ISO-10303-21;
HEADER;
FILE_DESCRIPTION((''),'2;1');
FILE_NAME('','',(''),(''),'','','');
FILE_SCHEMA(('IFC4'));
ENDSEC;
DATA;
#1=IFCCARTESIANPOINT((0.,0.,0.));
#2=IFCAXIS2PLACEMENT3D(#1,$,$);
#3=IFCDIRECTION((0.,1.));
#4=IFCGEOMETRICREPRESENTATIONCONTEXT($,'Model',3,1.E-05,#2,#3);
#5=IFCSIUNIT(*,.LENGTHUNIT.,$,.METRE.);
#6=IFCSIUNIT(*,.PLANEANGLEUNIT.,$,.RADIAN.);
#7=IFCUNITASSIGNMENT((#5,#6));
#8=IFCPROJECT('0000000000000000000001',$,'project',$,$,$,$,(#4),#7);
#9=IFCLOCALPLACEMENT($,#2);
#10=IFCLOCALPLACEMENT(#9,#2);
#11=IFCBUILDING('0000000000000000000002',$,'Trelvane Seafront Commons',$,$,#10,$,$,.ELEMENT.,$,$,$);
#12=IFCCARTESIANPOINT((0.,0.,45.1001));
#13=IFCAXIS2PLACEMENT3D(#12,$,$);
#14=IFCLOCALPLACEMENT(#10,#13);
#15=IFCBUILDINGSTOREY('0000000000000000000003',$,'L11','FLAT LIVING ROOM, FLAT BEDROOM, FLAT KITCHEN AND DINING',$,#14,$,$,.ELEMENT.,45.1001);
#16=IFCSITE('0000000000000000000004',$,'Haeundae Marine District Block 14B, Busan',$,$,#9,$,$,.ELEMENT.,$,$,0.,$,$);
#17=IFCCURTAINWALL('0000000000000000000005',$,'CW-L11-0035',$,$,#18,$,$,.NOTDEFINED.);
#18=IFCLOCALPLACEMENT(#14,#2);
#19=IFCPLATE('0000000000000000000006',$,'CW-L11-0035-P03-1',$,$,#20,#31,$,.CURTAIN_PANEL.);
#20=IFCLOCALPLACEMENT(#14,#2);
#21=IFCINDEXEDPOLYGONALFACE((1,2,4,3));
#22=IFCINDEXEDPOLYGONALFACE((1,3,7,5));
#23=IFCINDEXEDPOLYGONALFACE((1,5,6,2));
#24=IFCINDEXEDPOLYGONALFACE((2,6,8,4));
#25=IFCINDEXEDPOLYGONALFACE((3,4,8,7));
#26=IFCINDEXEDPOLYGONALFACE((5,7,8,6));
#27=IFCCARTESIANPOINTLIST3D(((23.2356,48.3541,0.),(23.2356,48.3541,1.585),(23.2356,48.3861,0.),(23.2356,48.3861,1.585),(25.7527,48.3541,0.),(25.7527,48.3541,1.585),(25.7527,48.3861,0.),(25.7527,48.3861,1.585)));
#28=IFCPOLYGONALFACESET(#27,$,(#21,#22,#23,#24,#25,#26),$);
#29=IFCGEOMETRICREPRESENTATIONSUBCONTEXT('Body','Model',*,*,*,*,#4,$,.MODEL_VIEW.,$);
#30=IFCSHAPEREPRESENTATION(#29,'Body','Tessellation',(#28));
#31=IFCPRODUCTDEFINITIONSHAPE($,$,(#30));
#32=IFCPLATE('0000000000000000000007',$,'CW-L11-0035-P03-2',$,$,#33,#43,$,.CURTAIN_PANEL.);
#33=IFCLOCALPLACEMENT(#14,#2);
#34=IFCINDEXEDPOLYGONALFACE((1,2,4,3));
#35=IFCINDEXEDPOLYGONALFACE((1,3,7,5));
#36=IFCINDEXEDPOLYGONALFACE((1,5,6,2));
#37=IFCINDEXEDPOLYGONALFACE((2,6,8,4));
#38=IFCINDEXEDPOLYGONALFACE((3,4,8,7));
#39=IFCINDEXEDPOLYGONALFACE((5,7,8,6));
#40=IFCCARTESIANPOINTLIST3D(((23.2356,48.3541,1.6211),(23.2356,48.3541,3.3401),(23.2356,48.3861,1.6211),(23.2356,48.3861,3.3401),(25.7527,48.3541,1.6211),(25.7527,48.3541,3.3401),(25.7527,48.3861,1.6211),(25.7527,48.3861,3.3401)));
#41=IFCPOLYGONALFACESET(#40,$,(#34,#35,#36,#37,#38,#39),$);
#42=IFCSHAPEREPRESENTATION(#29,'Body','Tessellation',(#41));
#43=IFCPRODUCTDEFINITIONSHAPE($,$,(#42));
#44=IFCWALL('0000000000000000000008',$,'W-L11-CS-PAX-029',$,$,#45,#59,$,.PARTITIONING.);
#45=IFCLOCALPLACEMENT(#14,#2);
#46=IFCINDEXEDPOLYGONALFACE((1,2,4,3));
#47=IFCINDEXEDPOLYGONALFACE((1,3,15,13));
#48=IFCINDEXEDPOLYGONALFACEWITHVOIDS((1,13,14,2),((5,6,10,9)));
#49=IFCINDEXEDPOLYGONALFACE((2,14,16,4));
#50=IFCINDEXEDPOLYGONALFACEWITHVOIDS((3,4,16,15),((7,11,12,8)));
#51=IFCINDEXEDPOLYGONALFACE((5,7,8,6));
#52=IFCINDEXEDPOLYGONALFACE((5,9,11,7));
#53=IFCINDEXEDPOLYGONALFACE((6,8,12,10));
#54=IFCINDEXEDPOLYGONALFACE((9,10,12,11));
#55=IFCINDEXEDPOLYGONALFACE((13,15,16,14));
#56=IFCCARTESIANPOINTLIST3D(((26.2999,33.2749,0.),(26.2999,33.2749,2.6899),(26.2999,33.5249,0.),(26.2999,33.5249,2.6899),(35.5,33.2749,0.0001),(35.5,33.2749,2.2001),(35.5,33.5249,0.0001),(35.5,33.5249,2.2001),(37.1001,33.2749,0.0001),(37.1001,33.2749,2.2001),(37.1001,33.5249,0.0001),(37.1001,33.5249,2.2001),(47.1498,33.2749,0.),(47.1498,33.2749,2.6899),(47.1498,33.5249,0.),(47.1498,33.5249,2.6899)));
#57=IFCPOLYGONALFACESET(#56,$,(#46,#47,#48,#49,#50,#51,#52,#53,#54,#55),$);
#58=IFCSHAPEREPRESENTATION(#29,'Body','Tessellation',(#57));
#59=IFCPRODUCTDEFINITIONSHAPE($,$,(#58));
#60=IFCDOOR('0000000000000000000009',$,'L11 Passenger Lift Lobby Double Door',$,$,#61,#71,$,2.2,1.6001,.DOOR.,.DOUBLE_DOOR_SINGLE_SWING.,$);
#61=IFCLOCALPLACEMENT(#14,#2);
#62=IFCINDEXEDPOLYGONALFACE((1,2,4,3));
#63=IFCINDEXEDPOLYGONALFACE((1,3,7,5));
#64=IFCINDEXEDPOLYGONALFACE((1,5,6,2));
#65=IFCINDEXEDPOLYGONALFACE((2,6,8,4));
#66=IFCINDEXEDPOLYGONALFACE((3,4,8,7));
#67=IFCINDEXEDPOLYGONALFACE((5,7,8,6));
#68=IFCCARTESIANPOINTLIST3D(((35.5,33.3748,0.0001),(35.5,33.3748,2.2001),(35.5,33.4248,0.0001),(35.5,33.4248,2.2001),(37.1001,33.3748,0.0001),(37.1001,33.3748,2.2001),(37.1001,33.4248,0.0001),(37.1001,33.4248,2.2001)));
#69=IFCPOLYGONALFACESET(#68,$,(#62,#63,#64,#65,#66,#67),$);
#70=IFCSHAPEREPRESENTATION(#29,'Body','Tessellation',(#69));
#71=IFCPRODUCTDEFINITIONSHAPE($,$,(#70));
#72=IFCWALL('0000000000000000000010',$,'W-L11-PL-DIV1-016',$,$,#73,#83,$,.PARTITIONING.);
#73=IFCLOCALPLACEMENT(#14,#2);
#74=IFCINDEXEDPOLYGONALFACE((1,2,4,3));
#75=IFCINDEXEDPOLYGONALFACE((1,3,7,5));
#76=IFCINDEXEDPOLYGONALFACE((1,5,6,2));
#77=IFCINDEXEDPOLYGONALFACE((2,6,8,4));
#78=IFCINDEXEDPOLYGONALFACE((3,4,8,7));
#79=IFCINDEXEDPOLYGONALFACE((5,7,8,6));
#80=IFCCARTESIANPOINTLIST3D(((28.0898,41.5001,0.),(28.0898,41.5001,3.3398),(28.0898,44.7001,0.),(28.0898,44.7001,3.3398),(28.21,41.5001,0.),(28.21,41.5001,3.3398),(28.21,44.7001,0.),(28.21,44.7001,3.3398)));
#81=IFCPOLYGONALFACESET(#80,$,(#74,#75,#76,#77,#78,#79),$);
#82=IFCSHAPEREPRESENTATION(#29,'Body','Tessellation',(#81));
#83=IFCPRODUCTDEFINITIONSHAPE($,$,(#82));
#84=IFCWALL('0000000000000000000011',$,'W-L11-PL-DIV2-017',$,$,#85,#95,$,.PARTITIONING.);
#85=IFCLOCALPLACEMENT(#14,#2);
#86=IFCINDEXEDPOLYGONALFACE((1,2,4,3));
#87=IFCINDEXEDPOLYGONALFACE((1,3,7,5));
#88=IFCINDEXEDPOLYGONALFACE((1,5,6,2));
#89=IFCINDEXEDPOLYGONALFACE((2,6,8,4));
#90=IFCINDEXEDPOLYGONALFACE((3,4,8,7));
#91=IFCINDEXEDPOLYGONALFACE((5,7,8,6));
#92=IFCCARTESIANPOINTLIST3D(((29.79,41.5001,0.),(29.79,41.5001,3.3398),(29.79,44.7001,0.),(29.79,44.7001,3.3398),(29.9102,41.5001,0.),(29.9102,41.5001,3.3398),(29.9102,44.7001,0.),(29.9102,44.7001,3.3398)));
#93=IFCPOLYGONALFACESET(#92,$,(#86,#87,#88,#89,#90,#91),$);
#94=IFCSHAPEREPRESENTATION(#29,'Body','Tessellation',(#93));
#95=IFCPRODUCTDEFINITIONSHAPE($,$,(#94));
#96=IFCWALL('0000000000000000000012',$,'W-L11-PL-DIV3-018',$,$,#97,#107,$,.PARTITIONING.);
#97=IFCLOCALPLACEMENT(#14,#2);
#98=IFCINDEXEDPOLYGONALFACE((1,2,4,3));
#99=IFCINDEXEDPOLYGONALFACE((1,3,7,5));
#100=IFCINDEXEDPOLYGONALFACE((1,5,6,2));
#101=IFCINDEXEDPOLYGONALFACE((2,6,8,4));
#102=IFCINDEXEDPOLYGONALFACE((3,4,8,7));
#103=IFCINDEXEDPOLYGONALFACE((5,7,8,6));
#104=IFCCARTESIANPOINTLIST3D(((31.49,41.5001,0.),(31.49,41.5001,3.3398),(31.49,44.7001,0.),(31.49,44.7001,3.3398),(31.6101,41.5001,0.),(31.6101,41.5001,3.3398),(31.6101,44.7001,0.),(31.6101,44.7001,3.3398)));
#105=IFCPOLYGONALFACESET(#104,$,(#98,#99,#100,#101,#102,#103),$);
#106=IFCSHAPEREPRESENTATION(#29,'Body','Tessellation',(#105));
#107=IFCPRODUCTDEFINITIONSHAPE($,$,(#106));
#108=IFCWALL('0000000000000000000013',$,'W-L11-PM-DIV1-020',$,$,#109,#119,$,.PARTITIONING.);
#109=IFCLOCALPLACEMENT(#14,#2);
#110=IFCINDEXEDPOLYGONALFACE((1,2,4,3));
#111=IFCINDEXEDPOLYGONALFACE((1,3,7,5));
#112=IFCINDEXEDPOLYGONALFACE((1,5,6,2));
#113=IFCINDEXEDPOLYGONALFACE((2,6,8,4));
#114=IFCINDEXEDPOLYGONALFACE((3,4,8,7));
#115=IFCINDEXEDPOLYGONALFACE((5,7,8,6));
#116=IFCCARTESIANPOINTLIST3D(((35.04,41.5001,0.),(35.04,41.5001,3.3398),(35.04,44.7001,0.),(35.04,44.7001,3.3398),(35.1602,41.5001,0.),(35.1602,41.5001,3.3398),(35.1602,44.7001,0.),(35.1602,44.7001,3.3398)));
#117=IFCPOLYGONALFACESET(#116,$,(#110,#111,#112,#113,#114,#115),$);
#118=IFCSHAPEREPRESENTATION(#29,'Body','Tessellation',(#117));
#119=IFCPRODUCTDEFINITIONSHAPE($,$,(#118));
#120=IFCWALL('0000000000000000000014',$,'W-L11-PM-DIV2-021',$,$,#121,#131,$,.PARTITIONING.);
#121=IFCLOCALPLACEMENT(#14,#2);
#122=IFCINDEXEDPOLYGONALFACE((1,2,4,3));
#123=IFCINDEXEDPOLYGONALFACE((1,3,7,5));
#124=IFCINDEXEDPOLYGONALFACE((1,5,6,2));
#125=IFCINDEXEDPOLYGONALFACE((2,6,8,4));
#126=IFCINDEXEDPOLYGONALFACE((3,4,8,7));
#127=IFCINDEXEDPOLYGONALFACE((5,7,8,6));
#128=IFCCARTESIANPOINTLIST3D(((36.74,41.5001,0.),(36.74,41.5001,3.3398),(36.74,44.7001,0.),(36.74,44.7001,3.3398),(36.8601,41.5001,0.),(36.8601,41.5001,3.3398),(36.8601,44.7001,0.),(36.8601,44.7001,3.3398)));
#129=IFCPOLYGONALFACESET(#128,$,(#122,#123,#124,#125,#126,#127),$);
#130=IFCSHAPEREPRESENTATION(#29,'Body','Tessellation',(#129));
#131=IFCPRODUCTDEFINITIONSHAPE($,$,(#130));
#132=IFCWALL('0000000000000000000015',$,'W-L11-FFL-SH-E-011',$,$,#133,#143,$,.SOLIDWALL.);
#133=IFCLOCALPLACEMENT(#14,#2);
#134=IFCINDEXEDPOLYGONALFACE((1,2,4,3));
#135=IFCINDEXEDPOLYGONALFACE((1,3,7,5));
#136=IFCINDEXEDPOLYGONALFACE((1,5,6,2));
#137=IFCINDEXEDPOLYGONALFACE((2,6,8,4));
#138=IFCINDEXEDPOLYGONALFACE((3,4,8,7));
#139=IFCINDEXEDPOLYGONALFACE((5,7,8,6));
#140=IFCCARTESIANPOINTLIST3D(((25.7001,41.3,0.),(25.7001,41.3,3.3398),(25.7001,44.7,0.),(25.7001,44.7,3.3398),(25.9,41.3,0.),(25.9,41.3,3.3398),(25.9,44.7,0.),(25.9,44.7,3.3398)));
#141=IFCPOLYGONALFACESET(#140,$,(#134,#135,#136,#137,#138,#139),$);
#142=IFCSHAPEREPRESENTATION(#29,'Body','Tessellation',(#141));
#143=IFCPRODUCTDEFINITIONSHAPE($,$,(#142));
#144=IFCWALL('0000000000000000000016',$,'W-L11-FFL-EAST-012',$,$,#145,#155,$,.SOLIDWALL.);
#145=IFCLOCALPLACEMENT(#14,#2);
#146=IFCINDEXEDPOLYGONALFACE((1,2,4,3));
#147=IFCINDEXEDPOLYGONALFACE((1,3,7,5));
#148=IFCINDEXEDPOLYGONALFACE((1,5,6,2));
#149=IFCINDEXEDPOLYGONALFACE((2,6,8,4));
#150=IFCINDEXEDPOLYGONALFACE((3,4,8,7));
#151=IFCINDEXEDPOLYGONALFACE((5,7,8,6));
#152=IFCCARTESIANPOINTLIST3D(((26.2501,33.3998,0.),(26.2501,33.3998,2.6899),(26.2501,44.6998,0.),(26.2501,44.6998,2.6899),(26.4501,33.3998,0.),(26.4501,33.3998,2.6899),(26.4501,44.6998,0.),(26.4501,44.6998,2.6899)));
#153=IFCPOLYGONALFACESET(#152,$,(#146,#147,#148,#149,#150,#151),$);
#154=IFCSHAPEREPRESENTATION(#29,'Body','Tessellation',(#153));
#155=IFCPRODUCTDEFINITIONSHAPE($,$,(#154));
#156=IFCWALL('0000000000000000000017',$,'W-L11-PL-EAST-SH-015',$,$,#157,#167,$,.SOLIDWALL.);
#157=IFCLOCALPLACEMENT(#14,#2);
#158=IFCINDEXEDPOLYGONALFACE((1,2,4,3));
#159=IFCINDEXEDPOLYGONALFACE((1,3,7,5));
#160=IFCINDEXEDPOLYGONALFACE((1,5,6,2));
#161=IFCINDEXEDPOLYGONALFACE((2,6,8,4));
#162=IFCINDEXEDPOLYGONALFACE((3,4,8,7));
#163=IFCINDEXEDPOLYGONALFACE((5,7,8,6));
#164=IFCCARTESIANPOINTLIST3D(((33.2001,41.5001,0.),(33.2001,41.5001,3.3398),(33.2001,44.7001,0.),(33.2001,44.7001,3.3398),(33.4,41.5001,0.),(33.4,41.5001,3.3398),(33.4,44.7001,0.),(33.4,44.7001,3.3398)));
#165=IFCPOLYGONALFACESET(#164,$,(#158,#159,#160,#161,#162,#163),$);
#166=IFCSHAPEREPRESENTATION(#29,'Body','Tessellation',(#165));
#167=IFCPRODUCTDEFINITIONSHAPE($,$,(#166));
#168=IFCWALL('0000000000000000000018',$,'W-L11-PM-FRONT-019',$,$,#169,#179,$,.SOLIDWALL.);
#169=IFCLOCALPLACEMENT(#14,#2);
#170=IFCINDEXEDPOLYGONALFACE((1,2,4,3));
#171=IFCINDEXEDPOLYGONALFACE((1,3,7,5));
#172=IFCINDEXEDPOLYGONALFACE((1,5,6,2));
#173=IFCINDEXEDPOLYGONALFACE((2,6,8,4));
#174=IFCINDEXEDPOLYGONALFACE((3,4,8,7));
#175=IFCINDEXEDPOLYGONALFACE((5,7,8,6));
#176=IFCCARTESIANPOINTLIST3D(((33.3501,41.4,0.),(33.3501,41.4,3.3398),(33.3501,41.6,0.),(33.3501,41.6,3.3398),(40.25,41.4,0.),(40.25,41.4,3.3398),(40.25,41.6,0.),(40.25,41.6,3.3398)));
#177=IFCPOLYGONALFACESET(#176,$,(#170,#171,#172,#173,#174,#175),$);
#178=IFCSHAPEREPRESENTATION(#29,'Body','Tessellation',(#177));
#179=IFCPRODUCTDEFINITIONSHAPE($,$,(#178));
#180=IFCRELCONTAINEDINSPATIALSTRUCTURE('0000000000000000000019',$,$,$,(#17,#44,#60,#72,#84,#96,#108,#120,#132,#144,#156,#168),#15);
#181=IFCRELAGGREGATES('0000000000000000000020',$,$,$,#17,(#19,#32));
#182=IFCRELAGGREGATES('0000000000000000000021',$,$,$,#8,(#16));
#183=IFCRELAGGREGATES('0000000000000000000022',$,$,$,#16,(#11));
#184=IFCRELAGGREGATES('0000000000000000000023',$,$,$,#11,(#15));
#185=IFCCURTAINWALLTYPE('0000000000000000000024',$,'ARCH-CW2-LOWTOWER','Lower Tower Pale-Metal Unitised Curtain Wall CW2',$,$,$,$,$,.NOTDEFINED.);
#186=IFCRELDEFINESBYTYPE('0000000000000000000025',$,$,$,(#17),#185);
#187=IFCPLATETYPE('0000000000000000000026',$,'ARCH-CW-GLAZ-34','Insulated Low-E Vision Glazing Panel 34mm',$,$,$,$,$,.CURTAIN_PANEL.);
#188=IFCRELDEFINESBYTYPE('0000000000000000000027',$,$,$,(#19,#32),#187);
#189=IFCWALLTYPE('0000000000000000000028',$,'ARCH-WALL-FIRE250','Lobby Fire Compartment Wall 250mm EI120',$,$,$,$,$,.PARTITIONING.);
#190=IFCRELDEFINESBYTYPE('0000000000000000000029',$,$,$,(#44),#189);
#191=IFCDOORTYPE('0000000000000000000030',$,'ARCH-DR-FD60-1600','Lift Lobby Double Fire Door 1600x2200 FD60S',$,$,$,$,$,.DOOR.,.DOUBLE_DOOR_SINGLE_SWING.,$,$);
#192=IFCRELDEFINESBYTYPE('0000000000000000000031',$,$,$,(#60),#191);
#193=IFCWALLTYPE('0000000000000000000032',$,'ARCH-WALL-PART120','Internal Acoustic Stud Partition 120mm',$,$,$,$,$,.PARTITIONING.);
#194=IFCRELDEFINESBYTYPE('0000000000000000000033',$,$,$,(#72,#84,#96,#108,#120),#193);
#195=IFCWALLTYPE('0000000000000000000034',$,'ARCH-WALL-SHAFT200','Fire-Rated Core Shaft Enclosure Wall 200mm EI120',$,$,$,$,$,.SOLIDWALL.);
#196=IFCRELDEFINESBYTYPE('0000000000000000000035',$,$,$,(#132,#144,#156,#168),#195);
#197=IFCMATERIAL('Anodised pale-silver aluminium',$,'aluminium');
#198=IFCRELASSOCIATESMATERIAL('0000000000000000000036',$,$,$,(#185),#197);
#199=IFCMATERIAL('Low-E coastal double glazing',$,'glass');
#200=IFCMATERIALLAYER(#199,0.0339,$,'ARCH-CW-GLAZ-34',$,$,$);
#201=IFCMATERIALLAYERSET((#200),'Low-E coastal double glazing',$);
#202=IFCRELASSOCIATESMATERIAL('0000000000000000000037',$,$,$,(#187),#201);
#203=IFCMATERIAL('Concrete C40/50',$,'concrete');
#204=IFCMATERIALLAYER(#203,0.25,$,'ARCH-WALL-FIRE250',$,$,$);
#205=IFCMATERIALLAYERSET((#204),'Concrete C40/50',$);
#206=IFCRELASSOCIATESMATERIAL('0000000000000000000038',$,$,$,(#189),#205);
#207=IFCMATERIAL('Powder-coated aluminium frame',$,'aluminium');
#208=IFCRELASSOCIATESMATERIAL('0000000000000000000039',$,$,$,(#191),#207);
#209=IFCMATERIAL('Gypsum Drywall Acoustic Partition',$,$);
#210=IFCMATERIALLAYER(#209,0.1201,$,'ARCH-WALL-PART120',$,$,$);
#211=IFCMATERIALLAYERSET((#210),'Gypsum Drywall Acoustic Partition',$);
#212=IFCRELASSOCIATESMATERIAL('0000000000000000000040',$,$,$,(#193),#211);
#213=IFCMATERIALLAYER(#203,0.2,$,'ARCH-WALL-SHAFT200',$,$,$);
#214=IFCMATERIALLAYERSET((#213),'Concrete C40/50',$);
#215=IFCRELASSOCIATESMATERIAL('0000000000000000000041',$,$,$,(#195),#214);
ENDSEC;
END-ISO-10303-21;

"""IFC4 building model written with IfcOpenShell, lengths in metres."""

from ifc_helpers import new_model, si_unit, direction, frame, frame_2d, origin, origin_2d, place, context, subcontext, project, spatial, rectangle, extrude, source, transform, mapped, material, layer, layer_set, type_object, element, fill, aggregate, save


model = new_model("IFC4")

# Units and contexts
model_context = context("Model", 3, precision=1e-05, world=origin(), true_north=direction((0.0, 1.0)))
body_context = subcontext(model_context, "Body", "Model", "MODEL_VIEW")
ifc_project = project(units=[si_unit("LENGTHUNIT", "METRE"), si_unit("PLANEANGLEUNIT", "RADIAN")], contexts=[model_context])

# Site, building, storey
site_placement = place(None, origin())
site = spatial("IfcSite", under=ifc_project, at=site_placement, Name="Haeundae Marine District Block 14B, Busan", CompositionType="ELEMENT", RefElevation=0.0)
building_placement = place(site_placement, origin())
building = spatial("IfcBuilding", under=site, at=building_placement, Name="Trelvane Seafront Commons", CompositionType="ELEMENT")
storey_placement = place(building_placement, frame((0.0, 0.0, 45.1001)))
storey = spatial("IfcBuildingStorey", under=building, at=storey_placement, Name="L11", Description="FLAT LIVING ROOM, FLAT BEDROOM, FLAT KITCHEN AND DINING", CompositionType="ELEMENT", Elevation=45.1001)

# Curtain wall, plates
ifc_material_1 = material(Name="Anodised pale-silver aluminium", Category="aluminium")
curtain_wall_type = type_object("IfcCurtainWallType", Name="ARCH-CW2-LOWTOWER", Description="Lower Tower Pale-Metal Unitised Curtain Wall CW2", PredefinedType="NOTDEFINED", material=ifc_material_1)
curtain_wall_placement = place(storey_placement, origin())
curtain_wall = element("IfcCurtainWall", 1, at=curtain_wall_placement, inside=storey, type_object=curtain_wall_type, Name="CW-L11-0035", PredefinedType="NOTDEFINED")
ifc_material_2 = material(Name="Low-E coastal double glazing", Category="glass")
ifc_layer_1 = layer(ifc_material_2, 0.0339, Name="ARCH-CW-GLAZ-34")
ifc_layer_set_1 = layer_set([ifc_layer_1], Name="Low-E coastal double glazing")
plate_type = type_object("IfcPlateType", Name="ARCH-CW-GLAZ-34", Description="Insulated Low-E Vision Glazing Panel 34mm", PredefinedType="CURTAIN_PANEL", material=ifc_layer_set_1)
shared_shape_1 = source(origin(), body_context, "Body", "SweptSolid", [
    extrude(rectangle(XDim=2.5171, YDim=0.032, at=origin_2d()), origin(), (0.0, 0.0, 1.0), 1.585),
])
plate_1_placement = place(storey_placement, frame((24.4941, 48.3701, 0.0), z_axis=(0.0, 0.0, 1.0), x_axis=(1.0, 0.0, 0.0)))
plate_1 = element("IfcPlate", 2, at=plate_1_placement, type_object=plate_type, Name="CW-L11-0035-P03-1", PredefinedType="CURTAIN_PANEL", context=body_context, shape_type="MappedRepresentation", body=[
    mapped(shared_shape_1, transform((0.0, 0.0, 0.0), x_axis=(1.0, 0.0, 0.0), y_axis=(0.0, 1.0, 0.0), z_axis=(0.0, 0.0, 1.0), scale=1.0)),
])
shared_shape_2 = source(origin(), body_context, "Body", "SweptSolid", [
    extrude(rectangle(XDim=2.5171, YDim=0.032, at=origin_2d()), origin(), (0.0, 0.0, 1.0), 1.719),
])
plate_2_placement = place(storey_placement, frame((24.4941, 48.3701, 1.6211), z_axis=(0.0, 0.0, 1.0), x_axis=(1.0, 0.0, 0.0)))
plate_2 = element("IfcPlate", 3, at=plate_2_placement, type_object=plate_type, Name="CW-L11-0035-P03-2", PredefinedType="CURTAIN_PANEL", context=body_context, shape_type="MappedRepresentation", body=[
    mapped(shared_shape_2, transform((0.0, 0.0, 0.0), x_axis=(1.0, 0.0, 0.0), y_axis=(0.0, 1.0, 0.0), z_axis=(0.0, 0.0, 1.0), scale=1.0)),
])
aggregate(curtain_wall, [plate_1, plate_2])

# Wall, opening, door
ifc_material_3 = material(Name="Concrete C40/50", Category="concrete")
ifc_layer_2 = layer(ifc_material_3, 0.25, Name="ARCH-WALL-FIRE250")
ifc_layer_set_2 = layer_set([ifc_layer_2], Name="Concrete C40/50")
wall_type_1 = type_object("IfcWallType", Name="ARCH-WALL-FIRE250", Description="Lobby Fire Compartment Wall 250mm EI120", PredefinedType="PARTITIONING", material=ifc_layer_set_2)
wall_1_placement = place(storey_placement, frame((26.3, 33.3999, 0.0), z_axis=(0.0, 0.0, 1.0), x_axis=(1.0, 0.0, 0.0)))
wall_1 = element("IfcWall", 4, at=wall_1_placement, inside=storey, type_object=wall_type_1, Name="W-L11-CS-PAX-029", PredefinedType="PARTITIONING", context=body_context, shape_type="SweptSolid", body=[
    extrude(rectangle(XDim=20.8499, YDim=0.25, at=frame_2d((10.4248, 0.0))), origin(), (0.0, 0.0, 1.0), 2.6899),
])
opening_1_placement = place(wall_1_placement, frame((9.2, 0.0, 0.0)))
opening_1 = element("IfcOpeningElement", 5, at=opening_1_placement, cuts=wall_1, PredefinedType="OPENING", context=body_context, shape_type="SweptSolid", body=[
    extrude(rectangle(XDim=1.6001, YDim=2.2, at=frame_2d((0.8, 1.1001))), frame((0.0, 0.135, 0.0), z_axis=(0.0, -1.0, 0.0), x_axis=(1.0, 0.0, 0.0)), (0.0, 0.0, 1.0), 0.27),
])
ifc_material_4 = material(Name="Powder-coated aluminium frame", Category="aluminium")
door_type_1 = type_object("IfcDoorType", Name="ARCH-DR-FD60-1600", Description="Lift Lobby Double Fire Door 1600x2200 FD60S", OperationType="DOUBLE_DOOR_SINGLE_SWING", PredefinedType="DOOR", material=ifc_material_4)
shared_shape_3 = source(origin(), body_context, "Body", "SweptSolid", [
    extrude(rectangle(XDim=1.6001, YDim=2.2, at=frame_2d((0.8, 1.1001))), frame((0.0, 0.0249, 0.0), z_axis=(0.0, -1.0, 0.0), x_axis=(1.0, 0.0, 0.0)), (0.0, 0.0, 1.0), 0.05),
])
door_1_placement = place(opening_1_placement, origin())
door_1 = element("IfcDoor", 6, at=door_1_placement, inside=storey, type_object=door_type_1, Name="L11 Passenger Lift Lobby Double Door", OperationType="DOUBLE_DOOR_SINGLE_SWING", OverallHeight=2.2, OverallWidth=1.6001, PredefinedType="DOOR", context=body_context, shape_type="MappedRepresentation", body=[
    mapped(shared_shape_3, transform((0.0, 0.0, 0.0), x_axis=(1.0, 0.0, 0.0), y_axis=(0.0, 1.0, 0.0), z_axis=(0.0, 0.0, 1.0), scale=1.0)),
])
fill(opening_1, door_1)

# Walls
ifc_material_5 = material(Name="Gypsum Drywall Acoustic Partition")
ifc_layer_3 = layer(ifc_material_5, 0.1201, Name="ARCH-WALL-PART120")
ifc_layer_set_3 = layer_set([ifc_layer_3], Name="Gypsum Drywall Acoustic Partition")
wall_type_2 = type_object("IfcWallType", Name="ARCH-WALL-PART120", Description="Internal Acoustic Stud Partition 120mm", PredefinedType="PARTITIONING", material=ifc_layer_set_3)
for number, where, z_axis, x_axis, name in (
    (7, (28.1499, 41.5, 0.0), (0.0, 0.0, 1.0), (0.0, 1.0, 0.0), "W-L11-PL-DIV1-016"),
    (8, (29.8501, 41.5, 0.0), (0.0, 0.0, 1.0), (0.0, 1.0, 0.0), "W-L11-PL-DIV2-017"),
    (9, (31.55, 41.5, 0.0), (0.0, 0.0, 1.0), (0.0, 1.0, 0.0), "W-L11-PL-DIV3-018"),
    (10, (35.1001, 41.5, 0.0), (0.0, 0.0, 1.0), (0.0, 1.0, 0.0), "W-L11-PM-DIV1-020"),
    (11, (36.8, 41.5, 0.0), (0.0, 0.0, 1.0), (0.0, 1.0, 0.0), "W-L11-PM-DIV2-021"),
):
    element("IfcWall", number, at=place(storey_placement, frame(where, z_axis=z_axis, x_axis=x_axis)), inside=storey, type_object=wall_type_2, Name=name, PredefinedType="PARTITIONING", context=body_context, shape_type="SweptSolid", body=[
        extrude(rectangle(XDim=3.2, YDim=0.1201, at=frame_2d((1.6001, 0.0))), origin(), (0.0, 0.0, 1.0), 3.3398),
    ])
ifc_layer_4 = layer(ifc_material_3, 0.2, Name="ARCH-WALL-SHAFT200")
ifc_layer_set_4 = layer_set([ifc_layer_4], Name="Concrete C40/50")
wall_type_3 = type_object("IfcWallType", Name="ARCH-WALL-SHAFT200", Description="Fire-Rated Core Shaft Enclosure Wall 200mm EI120", PredefinedType="SOLIDWALL", material=ifc_layer_set_4)
wall_2_placement = place(storey_placement, frame((25.8, 41.3, 0.0), z_axis=(0.0, 0.0, 1.0), x_axis=(0.0, 1.0, 0.0)))
element("IfcWall", 12, at=wall_2_placement, inside=storey, type_object=wall_type_3, Name="W-L11-FFL-SH-E-011", PredefinedType="SOLIDWALL", context=body_context, shape_type="SweptSolid", body=[
    extrude(rectangle(XDim=3.3999, YDim=0.2, at=frame_2d((1.7, 0.0))), origin(), (0.0, 0.0, 1.0), 3.3398),
])
wall_3_placement = place(storey_placement, frame((26.3501, 33.3999, 0.0), z_axis=(0.0, 0.0, 1.0), x_axis=(0.0, 1.0, 0.0)))
element("IfcWall", 13, at=wall_3_placement, inside=storey, type_object=wall_type_3, Name="W-L11-FFL-EAST-012", PredefinedType="SOLIDWALL", context=body_context, shape_type="SweptSolid", body=[
    extrude(rectangle(XDim=11.3, YDim=0.2, at=frame_2d((5.6499, 0.0))), origin(), (0.0, 0.0, 1.0), 2.6899),
])

# Walls
wall_4_placement = place(storey_placement, frame((33.3, 41.5, 0.0), z_axis=(0.0, 0.0, 1.0), x_axis=(0.0, 1.0, 0.0)))
element("IfcWall", 14, at=wall_4_placement, inside=storey, type_object=wall_type_3, Name="W-L11-PL-EAST-SH-015", PredefinedType="SOLIDWALL", context=body_context, shape_type="SweptSolid", body=[
    extrude(rectangle(XDim=3.2, YDim=0.2, at=frame_2d((1.6001, 0.0))), origin(), (0.0, 0.0, 1.0), 3.3398),
])
wall_5_placement = place(storey_placement, frame((33.3501, 41.5, 0.0), z_axis=(0.0, 0.0, 1.0), x_axis=(1.0, 0.0, 0.0)))
element("IfcWall", 15, at=wall_5_placement, inside=storey, type_object=wall_type_3, Name="W-L11-PM-FRONT-019", PredefinedType="SOLIDWALL", context=body_context, shape_type="SweptSolid", body=[
    extrude(rectangle(XDim=6.8999, YDim=0.2, at=frame_2d((3.45, 0.0))), origin(), (0.0, 0.0, 1.0), 3.3398),
])

save(model, "model.ifc")
